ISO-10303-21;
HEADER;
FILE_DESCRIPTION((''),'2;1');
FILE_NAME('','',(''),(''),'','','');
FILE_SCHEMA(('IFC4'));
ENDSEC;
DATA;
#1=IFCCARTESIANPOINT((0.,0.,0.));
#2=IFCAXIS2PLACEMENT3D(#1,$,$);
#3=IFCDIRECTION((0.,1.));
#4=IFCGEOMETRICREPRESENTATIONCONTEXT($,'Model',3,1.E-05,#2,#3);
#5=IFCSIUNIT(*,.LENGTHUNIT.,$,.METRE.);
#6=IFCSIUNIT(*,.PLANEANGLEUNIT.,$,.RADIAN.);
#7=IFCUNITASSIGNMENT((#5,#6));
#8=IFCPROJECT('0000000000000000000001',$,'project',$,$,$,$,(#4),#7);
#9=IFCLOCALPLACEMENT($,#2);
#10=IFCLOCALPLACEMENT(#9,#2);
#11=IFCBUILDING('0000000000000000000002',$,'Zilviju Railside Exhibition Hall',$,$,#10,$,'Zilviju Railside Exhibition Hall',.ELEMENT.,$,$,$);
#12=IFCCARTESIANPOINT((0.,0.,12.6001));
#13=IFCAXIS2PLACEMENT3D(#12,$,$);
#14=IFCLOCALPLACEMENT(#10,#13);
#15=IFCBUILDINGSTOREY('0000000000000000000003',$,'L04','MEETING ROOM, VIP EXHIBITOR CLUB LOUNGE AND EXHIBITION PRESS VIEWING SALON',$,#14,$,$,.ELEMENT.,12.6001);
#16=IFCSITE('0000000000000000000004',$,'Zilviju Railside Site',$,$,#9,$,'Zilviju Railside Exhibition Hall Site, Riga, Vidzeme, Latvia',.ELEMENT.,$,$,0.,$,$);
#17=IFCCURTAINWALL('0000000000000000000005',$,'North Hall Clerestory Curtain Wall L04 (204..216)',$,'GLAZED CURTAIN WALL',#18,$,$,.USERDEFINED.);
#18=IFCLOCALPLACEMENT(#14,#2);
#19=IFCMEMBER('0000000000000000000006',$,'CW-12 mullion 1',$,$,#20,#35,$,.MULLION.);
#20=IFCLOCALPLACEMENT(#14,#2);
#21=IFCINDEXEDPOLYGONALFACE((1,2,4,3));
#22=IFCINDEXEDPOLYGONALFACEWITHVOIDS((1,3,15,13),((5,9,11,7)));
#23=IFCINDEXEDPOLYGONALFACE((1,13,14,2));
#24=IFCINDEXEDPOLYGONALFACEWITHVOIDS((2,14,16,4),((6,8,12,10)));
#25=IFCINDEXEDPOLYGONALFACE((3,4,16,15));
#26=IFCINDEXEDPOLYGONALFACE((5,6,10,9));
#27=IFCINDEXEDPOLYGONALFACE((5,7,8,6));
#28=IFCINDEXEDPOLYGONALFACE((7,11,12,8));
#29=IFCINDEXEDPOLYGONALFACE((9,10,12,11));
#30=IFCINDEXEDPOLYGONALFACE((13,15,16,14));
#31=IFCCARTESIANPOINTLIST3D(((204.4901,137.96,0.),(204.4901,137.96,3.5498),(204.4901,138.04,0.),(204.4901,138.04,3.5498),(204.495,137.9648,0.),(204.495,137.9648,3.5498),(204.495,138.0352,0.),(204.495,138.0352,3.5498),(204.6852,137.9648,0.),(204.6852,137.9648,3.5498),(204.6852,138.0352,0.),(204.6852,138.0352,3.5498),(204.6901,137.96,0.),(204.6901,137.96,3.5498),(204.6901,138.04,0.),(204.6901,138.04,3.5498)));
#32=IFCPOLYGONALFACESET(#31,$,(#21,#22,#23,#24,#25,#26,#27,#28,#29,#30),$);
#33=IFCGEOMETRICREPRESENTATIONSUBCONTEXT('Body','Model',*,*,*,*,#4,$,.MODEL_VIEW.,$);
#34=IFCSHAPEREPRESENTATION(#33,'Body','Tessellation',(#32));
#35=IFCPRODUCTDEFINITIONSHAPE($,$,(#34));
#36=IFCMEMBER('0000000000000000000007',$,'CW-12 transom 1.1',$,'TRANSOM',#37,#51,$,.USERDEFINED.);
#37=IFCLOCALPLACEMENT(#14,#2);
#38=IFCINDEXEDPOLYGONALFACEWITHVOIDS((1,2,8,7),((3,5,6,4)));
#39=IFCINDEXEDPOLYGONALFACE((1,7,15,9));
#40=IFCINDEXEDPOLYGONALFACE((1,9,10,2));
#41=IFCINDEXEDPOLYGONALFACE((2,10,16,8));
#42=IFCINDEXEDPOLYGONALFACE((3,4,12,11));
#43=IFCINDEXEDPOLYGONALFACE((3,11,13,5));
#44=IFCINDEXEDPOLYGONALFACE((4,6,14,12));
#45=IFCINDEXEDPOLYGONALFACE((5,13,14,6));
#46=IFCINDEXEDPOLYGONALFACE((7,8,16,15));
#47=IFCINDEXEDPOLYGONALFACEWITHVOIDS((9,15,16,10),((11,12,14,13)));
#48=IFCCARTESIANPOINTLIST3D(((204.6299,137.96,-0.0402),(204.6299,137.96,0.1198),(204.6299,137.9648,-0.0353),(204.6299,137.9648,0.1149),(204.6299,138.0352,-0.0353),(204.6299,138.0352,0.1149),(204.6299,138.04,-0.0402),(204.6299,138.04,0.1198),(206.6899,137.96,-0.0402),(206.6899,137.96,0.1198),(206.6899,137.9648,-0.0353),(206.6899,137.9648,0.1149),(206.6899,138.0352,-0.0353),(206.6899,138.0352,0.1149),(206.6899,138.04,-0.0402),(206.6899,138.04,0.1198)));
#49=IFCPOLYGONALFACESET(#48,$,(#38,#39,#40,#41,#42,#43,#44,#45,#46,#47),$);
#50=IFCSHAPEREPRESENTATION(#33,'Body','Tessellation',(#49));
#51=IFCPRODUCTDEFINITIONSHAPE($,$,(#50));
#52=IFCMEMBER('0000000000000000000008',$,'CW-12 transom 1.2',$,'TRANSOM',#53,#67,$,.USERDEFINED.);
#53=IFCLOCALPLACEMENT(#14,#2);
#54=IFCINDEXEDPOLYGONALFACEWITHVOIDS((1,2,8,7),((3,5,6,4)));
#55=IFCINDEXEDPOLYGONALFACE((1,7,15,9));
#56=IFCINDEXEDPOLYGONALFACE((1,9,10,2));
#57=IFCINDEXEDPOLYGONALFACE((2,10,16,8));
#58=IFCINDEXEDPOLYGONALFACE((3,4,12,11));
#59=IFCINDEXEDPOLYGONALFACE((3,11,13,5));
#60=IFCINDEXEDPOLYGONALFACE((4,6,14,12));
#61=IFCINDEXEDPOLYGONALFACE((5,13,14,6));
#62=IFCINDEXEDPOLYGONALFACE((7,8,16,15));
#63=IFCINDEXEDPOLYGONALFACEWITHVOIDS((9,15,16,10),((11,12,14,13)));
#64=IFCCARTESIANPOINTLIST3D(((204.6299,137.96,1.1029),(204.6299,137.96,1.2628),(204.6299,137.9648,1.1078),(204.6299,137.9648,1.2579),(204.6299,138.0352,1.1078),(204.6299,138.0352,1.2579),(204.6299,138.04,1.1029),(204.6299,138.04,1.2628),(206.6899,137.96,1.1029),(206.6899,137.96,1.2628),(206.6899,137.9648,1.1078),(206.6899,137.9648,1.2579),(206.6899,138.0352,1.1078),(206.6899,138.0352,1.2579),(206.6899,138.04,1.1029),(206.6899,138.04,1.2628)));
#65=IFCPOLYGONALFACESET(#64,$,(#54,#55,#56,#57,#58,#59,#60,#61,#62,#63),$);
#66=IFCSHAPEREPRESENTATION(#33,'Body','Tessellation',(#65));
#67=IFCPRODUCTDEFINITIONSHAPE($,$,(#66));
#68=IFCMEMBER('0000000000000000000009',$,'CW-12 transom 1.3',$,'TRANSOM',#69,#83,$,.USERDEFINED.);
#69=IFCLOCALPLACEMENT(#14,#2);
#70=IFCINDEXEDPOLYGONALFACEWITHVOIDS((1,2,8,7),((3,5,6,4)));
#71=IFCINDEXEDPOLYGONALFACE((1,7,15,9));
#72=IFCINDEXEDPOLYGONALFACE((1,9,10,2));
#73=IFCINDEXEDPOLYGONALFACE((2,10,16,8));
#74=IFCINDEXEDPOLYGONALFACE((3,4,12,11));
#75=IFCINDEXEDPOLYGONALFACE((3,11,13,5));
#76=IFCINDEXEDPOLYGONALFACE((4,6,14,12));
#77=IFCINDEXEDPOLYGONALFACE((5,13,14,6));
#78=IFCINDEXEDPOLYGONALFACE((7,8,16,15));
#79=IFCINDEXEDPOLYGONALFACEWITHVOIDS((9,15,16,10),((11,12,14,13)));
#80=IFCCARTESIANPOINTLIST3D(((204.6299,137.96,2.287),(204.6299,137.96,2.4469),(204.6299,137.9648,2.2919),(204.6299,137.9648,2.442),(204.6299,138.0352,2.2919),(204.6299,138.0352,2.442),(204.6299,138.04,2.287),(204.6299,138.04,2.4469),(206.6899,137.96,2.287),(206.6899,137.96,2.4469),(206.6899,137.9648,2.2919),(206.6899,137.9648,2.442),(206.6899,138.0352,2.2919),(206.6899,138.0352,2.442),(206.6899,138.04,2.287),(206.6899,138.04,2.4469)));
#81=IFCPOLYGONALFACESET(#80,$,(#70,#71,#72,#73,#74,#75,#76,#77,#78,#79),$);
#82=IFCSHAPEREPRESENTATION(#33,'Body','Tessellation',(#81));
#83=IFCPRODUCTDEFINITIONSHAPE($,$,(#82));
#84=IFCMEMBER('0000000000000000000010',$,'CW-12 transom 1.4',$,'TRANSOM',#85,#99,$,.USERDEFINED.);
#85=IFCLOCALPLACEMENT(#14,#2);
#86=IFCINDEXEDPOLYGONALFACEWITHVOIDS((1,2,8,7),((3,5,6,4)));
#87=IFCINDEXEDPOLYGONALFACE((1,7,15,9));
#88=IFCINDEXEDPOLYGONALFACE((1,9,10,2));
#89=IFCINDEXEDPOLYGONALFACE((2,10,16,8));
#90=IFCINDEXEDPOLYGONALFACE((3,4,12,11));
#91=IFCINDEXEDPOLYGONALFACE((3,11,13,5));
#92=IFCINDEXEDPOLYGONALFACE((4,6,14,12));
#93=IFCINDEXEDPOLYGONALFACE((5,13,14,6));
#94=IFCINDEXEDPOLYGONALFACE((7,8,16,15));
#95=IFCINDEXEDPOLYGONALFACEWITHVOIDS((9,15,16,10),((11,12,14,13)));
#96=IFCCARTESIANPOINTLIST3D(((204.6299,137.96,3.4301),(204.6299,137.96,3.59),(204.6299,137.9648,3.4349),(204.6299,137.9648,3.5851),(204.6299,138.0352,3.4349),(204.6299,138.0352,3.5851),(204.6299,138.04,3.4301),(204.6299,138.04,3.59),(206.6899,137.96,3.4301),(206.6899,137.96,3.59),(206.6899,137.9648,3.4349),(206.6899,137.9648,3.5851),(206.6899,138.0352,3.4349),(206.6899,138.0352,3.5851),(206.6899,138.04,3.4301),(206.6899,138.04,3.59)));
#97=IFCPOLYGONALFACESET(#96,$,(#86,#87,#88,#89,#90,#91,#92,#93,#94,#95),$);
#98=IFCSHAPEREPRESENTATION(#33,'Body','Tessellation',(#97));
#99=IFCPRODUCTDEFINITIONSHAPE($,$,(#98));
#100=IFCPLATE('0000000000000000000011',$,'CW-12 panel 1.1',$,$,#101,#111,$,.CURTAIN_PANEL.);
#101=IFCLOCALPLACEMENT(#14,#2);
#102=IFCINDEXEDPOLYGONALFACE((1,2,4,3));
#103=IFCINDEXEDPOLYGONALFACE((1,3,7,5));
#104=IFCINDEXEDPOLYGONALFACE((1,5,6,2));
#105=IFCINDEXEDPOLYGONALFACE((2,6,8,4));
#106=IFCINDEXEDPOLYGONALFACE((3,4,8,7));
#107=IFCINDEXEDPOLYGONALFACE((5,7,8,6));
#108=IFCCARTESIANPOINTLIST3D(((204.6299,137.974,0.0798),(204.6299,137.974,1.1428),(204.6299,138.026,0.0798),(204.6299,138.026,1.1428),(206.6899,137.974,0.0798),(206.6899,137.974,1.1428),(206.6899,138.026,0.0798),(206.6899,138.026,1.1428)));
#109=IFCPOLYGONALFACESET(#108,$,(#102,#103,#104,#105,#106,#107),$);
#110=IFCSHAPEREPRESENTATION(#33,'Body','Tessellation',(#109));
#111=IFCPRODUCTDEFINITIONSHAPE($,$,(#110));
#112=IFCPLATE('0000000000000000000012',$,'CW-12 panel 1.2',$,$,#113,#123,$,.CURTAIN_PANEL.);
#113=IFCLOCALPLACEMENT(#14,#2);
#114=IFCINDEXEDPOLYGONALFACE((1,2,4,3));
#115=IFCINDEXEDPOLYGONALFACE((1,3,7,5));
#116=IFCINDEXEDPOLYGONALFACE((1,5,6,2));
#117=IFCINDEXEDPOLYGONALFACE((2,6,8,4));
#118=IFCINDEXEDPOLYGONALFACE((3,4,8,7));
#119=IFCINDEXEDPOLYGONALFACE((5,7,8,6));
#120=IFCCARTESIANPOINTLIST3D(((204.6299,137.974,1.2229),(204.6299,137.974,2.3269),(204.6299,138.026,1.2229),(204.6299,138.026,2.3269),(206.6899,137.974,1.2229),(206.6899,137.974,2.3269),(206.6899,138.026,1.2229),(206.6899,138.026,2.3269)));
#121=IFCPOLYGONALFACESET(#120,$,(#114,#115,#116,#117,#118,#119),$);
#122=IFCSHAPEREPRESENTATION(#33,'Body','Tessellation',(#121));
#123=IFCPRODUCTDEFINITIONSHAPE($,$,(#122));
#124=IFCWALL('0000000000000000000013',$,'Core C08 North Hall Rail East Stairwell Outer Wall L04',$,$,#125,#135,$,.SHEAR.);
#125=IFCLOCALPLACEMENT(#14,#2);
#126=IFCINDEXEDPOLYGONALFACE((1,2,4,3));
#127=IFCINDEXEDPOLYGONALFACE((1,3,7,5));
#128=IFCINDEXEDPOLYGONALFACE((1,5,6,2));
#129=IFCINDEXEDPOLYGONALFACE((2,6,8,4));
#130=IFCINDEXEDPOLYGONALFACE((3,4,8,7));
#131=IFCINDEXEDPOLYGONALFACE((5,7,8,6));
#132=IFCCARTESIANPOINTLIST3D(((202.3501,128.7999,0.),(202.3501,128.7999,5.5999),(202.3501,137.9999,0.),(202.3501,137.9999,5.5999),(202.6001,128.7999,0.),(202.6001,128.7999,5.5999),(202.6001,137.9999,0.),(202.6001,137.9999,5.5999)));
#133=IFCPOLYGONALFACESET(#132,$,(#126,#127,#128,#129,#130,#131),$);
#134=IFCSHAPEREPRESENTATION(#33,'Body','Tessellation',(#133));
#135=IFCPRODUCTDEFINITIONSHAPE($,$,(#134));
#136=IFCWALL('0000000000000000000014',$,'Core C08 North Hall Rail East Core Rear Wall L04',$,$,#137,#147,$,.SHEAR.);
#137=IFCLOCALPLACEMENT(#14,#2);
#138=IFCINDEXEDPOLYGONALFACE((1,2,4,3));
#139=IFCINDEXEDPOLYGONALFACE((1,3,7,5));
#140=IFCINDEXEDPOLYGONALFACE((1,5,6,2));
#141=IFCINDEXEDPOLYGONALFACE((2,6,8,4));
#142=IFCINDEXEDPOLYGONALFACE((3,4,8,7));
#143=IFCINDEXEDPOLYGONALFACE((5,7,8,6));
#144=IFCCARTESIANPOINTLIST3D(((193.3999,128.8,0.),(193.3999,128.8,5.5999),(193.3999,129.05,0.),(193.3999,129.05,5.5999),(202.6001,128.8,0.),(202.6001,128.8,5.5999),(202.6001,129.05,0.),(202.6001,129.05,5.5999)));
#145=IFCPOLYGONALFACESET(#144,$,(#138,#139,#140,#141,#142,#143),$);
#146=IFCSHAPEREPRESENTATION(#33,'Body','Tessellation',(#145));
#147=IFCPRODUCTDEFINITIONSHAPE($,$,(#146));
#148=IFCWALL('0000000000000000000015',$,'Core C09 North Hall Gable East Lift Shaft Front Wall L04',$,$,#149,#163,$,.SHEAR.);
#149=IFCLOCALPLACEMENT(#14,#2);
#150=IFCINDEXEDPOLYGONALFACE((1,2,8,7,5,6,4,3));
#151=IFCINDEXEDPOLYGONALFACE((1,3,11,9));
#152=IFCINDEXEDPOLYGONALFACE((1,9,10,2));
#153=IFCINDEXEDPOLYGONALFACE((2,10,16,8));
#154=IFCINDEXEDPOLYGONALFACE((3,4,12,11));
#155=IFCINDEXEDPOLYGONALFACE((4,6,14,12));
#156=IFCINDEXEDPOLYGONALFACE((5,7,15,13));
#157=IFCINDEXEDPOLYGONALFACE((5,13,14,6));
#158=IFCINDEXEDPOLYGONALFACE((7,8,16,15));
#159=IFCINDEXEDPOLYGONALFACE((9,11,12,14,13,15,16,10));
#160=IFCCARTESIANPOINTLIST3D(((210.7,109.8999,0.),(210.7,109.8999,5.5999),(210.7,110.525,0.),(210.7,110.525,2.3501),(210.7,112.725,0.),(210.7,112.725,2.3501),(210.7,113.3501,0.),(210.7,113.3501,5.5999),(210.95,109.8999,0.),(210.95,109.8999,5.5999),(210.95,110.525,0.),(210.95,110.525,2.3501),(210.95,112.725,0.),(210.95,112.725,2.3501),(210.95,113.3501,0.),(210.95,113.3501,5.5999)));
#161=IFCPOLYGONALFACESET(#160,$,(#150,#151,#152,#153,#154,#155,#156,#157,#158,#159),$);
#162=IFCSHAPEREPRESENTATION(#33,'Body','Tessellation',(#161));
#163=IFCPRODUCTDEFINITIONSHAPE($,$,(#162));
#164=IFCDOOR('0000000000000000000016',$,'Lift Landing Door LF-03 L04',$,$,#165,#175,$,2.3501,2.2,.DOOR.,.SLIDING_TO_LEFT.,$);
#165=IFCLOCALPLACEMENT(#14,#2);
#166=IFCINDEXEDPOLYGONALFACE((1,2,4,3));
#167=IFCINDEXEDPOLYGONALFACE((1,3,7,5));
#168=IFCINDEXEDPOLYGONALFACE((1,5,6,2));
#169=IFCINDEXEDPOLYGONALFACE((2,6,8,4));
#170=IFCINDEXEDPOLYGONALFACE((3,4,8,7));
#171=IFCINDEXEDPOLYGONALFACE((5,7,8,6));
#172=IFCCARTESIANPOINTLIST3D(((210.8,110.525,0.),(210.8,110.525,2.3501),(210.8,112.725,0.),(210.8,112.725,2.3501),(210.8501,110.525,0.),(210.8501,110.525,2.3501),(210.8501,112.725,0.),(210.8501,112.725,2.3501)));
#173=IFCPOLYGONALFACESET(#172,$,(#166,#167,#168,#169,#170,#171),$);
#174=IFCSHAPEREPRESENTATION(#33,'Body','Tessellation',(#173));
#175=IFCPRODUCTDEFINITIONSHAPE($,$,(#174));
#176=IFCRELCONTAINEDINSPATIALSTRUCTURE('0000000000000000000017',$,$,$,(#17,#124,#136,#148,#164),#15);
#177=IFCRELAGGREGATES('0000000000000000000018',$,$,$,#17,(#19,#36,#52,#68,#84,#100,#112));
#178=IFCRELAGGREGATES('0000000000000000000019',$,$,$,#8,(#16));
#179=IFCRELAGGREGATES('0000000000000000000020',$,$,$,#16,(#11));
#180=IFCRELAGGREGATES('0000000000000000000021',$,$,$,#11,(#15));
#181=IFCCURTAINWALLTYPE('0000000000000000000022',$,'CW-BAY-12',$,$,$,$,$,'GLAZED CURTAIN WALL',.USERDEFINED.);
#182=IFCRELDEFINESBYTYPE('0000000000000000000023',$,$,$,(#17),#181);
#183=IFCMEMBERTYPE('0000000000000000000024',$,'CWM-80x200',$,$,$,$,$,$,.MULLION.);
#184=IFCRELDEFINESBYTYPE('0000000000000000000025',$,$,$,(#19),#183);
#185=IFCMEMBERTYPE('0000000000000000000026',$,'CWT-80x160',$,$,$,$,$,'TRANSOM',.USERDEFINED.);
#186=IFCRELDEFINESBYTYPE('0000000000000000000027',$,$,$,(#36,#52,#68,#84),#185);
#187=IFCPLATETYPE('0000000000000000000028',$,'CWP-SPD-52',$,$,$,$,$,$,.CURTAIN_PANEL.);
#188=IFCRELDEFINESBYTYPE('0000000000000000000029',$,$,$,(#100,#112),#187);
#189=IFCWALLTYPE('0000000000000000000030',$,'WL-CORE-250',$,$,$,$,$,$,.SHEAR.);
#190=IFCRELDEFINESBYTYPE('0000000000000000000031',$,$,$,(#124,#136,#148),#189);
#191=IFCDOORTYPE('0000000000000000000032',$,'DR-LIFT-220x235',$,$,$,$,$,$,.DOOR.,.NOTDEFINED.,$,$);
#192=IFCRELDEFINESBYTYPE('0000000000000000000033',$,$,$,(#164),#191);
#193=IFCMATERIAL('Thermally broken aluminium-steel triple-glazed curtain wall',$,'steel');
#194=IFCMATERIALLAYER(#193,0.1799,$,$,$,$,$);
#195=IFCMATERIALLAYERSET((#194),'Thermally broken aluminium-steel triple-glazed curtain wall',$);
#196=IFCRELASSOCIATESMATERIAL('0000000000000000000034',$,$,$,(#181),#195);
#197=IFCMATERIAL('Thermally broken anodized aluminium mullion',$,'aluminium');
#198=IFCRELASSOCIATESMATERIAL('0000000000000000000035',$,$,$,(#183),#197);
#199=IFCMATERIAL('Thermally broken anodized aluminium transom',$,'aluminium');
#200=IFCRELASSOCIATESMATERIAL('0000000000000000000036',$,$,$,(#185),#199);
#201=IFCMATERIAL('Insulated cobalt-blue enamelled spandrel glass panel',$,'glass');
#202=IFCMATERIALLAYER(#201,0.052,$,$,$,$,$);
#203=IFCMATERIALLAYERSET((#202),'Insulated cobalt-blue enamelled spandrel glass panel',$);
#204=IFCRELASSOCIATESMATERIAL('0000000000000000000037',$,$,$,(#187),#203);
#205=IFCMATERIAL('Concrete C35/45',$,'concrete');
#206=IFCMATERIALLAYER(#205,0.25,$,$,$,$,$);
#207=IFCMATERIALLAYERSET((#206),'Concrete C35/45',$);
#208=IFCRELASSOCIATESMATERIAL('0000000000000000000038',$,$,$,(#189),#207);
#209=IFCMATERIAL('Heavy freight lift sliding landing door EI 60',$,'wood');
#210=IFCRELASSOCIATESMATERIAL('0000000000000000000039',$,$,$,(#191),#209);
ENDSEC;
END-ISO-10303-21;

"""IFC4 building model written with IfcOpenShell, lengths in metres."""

from ifc_helpers import new_model, si_unit, direction, frame, frame_2d, origin, origin_2d, place, context, subcontext, project, spatial, rectangle, hollow_rectangle, extrude, material, layer, layer_set, material_profile, profile_set, type_object, element, fill, aggregate, save


model = new_model("IFC4")

# Units and contexts
model_context = context("Model", 3, precision=1e-05, world=origin(), true_north=direction((0.0, 1.0)))
body_context = subcontext(model_context, "Body", "Model", "MODEL_VIEW")
ifc_project = project(units=[si_unit("LENGTHUNIT", "METRE"), si_unit("PLANEANGLEUNIT", "RADIAN")], contexts=[model_context])

# Site, building, storey
site_placement = place(None, origin())
site = spatial("IfcSite", under=ifc_project, at=site_placement, Name="Zilviju Railside Site", LongName="Zilviju Railside Exhibition Hall Site, Riga, Vidzeme, Latvia", CompositionType="ELEMENT", RefElevation=0.0)
building_placement = place(site_placement, origin())
building = spatial("IfcBuilding", under=site, at=building_placement, Name="Zilviju Railside Exhibition Hall", LongName="Zilviju Railside Exhibition Hall", CompositionType="ELEMENT")
storey_placement = place(building_placement, frame((0.0, 0.0, 12.6001)))
storey = spatial("IfcBuildingStorey", under=building, at=storey_placement, Name="L04", Description="MEETING ROOM, VIP EXHIBITOR CLUB LOUNGE AND EXHIBITION PRESS VIEWING SALON", CompositionType="ELEMENT", Elevation=12.6001)

# Curtain wall, members, plates
ifc_material_1 = material(Name="Thermally broken aluminium-steel triple-glazed curtain wall", Category="steel")
ifc_layer_1 = layer(ifc_material_1, 0.1799)
ifc_layer_set_1 = layer_set([ifc_layer_1], Name="Thermally broken aluminium-steel triple-glazed curtain wall")
curtain_wall_type = type_object("IfcCurtainWallType", Name="CW-BAY-12", ElementType="GLAZED CURTAIN WALL", PredefinedType="USERDEFINED", material=ifc_layer_set_1)
curtain_wall_placement = place(storey_placement, origin())
curtain_wall = element("IfcCurtainWall", 1, at=curtain_wall_placement, inside=storey, type_object=curtain_wall_type, Name="North Hall Clerestory Curtain Wall L04 (204..216)", ObjectType="GLAZED CURTAIN WALL", PredefinedType="USERDEFINED")
ifc_material_2 = material(Name="Thermally broken anodized aluminium mullion", Category="aluminium")
ifc_material_profile_1 = material_profile(ifc_material_2, hollow_rectangle(XDim=0.0801, YDim=0.2, WallThickness=0.0049, at=origin_2d()), Name="MULLION 200x80x5")
ifc_profile_set_1 = profile_set([ifc_material_profile_1], Name="Thermally broken anodized aluminium mullion")
member_type_1 = type_object("IfcMemberType", Name="CWM-80x200", PredefinedType="MULLION", material=ifc_profile_set_1)
member_1_placement = place(storey_placement, frame((204.5901, 138.0, 0.0), z_axis=(0.0, 0.0, 1.0), x_axis=(0.0, 1.0, 0.0)))
member_1 = element("IfcMember", 2, at=member_1_placement, type_object=member_type_1, Name="CW-12 mullion 1", PredefinedType="MULLION", context=body_context, shape_type="SweptSolid", body=[
    extrude(hollow_rectangle(XDim=0.0801, YDim=0.2, WallThickness=0.0049, at=origin_2d()), origin(), (0.0, 0.0, 1.0), 3.5498),
])
ifc_material_3 = material(Name="Thermally broken anodized aluminium transom", Category="aluminium")
ifc_material_profile_2 = material_profile(ifc_material_3, hollow_rectangle(XDim=0.0801, YDim=0.1599, WallThickness=0.0049, at=origin_2d()), Name="TRANSOM 160x80x5")
ifc_profile_set_2 = profile_set([ifc_material_profile_2], Name="Thermally broken anodized aluminium transom")
member_type_2 = type_object("IfcMemberType", Name="CWT-80x160", ElementType="TRANSOM", PredefinedType="USERDEFINED", material=ifc_profile_set_2)
member_2_placement = place(storey_placement, frame((204.6299, 138.0, 0.0398), z_axis=(1.0, 0.0, 0.0), x_axis=(0.0, 1.0, 0.0)))
member_2 = element("IfcMember", 3, at=member_2_placement, type_object=member_type_2, Name="CW-12 transom 1.1", ObjectType="TRANSOM", PredefinedType="USERDEFINED", context=body_context, shape_type="SweptSolid", body=[
    extrude(hollow_rectangle(XDim=0.0801, YDim=0.1599, WallThickness=0.0049, at=origin_2d()), origin(), (0.0, 0.0, 1.0), 2.0601),
])
member_3_placement = place(storey_placement, frame((204.6299, 138.0, 1.1829), z_axis=(1.0, 0.0, 0.0), x_axis=(0.0, 1.0, 0.0)))
member_3 = element("IfcMember", 4, at=member_3_placement, type_object=member_type_2, Name="CW-12 transom 1.2", ObjectType="TRANSOM", PredefinedType="USERDEFINED", context=body_context, shape_type="SweptSolid", body=[
    extrude(hollow_rectangle(XDim=0.0801, YDim=0.1599, WallThickness=0.0049, at=origin_2d()), origin(), (0.0, 0.0, 1.0), 2.0601),
])
member_4_placement = place(storey_placement, frame((204.6299, 138.0, 2.3669), z_axis=(1.0, 0.0, 0.0), x_axis=(0.0, 1.0, 0.0)))
member_4 = element("IfcMember", 5, at=member_4_placement, type_object=member_type_2, Name="CW-12 transom 1.3", ObjectType="TRANSOM", PredefinedType="USERDEFINED", context=body_context, shape_type="SweptSolid", body=[
    extrude(hollow_rectangle(XDim=0.0801, YDim=0.1599, WallThickness=0.0049, at=origin_2d()), origin(), (0.0, 0.0, 1.0), 2.0601),
])
member_5_placement = place(storey_placement, frame((204.6299, 138.0, 3.51), z_axis=(1.0, 0.0, 0.0), x_axis=(0.0, 1.0, 0.0)))
member_5 = element("IfcMember", 6, at=member_5_placement, type_object=member_type_2, Name="CW-12 transom 1.4", ObjectType="TRANSOM", PredefinedType="USERDEFINED", context=body_context, shape_type="SweptSolid", body=[
    extrude(hollow_rectangle(XDim=0.0801, YDim=0.1599, WallThickness=0.0049, at=origin_2d()), origin(), (0.0, 0.0, 1.0), 2.0601),
])
ifc_material_4 = material(Name="Insulated cobalt-blue enamelled spandrel glass panel", Category="glass")
ifc_layer_2 = layer(ifc_material_4, 0.052)
ifc_layer_set_2 = layer_set([ifc_layer_2], Name="Insulated cobalt-blue enamelled spandrel glass panel")
plate_type = type_object("IfcPlateType", Name="CWP-SPD-52", PredefinedType="CURTAIN_PANEL", material=ifc_layer_set_2)
plate_1_placement = place(storey_placement, frame((205.6599, 138.0, 0.0798), z_axis=(0.0, 0.0, 1.0), x_axis=(1.0, 0.0, 0.0)))
plate_1 = element("IfcPlate", 7, at=plate_1_placement, type_object=plate_type, Name="CW-12 panel 1.1", PredefinedType="CURTAIN_PANEL", context=body_context, shape_type="SweptSolid", body=[
    extrude(rectangle(XDim=2.0601, YDim=0.052, at=origin_2d()), origin(), (0.0, 0.0, 1.0), 1.063),
])
plate_2_placement = place(storey_placement, frame((205.6599, 138.0, 1.2229), z_axis=(0.0, 0.0, 1.0), x_axis=(1.0, 0.0, 0.0)))
plate_2 = element("IfcPlate", 8, at=plate_2_placement, type_object=plate_type, Name="CW-12 panel 1.2", PredefinedType="CURTAIN_PANEL", context=body_context, shape_type="SweptSolid", body=[
    extrude(rectangle(XDim=2.0601, YDim=0.052, at=origin_2d()), origin(), (0.0, 0.0, 1.0), 1.104),
])
aggregate(curtain_wall, [member_1, member_2, member_3, member_4, member_5, plate_1, plate_2])

# Walls
ifc_material_5 = material(Name="Concrete C35/45", Category="concrete")
ifc_layer_3 = layer(ifc_material_5, 0.25)
ifc_layer_set_3 = layer_set([ifc_layer_3], Name="Concrete C35/45")
wall_type_1 = type_object("IfcWallType", Name="WL-CORE-250", PredefinedType="SHEAR", material=ifc_layer_set_3)
wall_1_placement = place(storey_placement, frame((202.4751, 138.0, 0.0), z_axis=(0.0, 0.0, 1.0), x_axis=(0.0, -1.0, 0.0)))
element("IfcWall", 9, at=wall_1_placement, inside=storey, type_object=wall_type_1, Name="Core C08 North Hall Rail East Stairwell Outer Wall L04", PredefinedType="SHEAR", context=body_context, shape_type="SweptSolid", body=[
    extrude(rectangle(XDim=9.2, YDim=0.25, at=frame_2d((4.6001, 0.0))), origin(), (0.0, 0.0, 1.0), 5.5999),
])
wall_2_placement = place(storey_placement, frame((202.6001, 128.925, 0.0), z_axis=(0.0, 0.0, 1.0), x_axis=(-1.0, 0.0, 0.0)))
element("IfcWall", 10, at=wall_2_placement, inside=storey, type_object=wall_type_1, Name="Core C08 North Hall Rail East Core Rear Wall L04", PredefinedType="SHEAR", context=body_context, shape_type="SweptSolid", body=[
    extrude(rectangle(XDim=9.2002, YDim=0.25, at=frame_2d((4.6001, 0.0))), origin(), (0.0, 0.0, 1.0), 5.5999),
])

# Wall, opening, door
wall_3_placement = place(storey_placement, frame((210.825, 109.8999, 0.0), z_axis=(0.0, 0.0, 1.0), x_axis=(0.0, 1.0, 0.0)))
wall_3 = element("IfcWall", 11, at=wall_3_placement, inside=storey, type_object=wall_type_1, Name="Core C09 North Hall Gable East Lift Shaft Front Wall L04", PredefinedType="SHEAR", context=body_context, shape_type="SweptSolid", body=[
    extrude(rectangle(XDim=3.4502, YDim=0.25, at=frame_2d((1.7251, 0.0))), origin(), (0.0, 0.0, 1.0), 5.5999),
])
opening_1_placement = place(wall_3_placement, frame((0.625, 0.0, 0.0)))
opening_1 = element("IfcOpeningElement", 12, at=opening_1_placement, cuts=wall_3, PredefinedType="OPENING", context=body_context, shape_type="SweptSolid", body=[
    extrude(rectangle(XDim=2.2, YDim=2.3501, at=frame_2d((1.1001, 1.175))), frame((0.0, 0.135, 0.0), z_axis=(0.0, -1.0, 0.0), x_axis=(1.0, 0.0, 0.0)), (0.0, 0.0, 1.0), 0.27),
])
ifc_material_6 = material(Name="Heavy freight lift sliding landing door EI 60", Category="wood")
door_type_1 = type_object("IfcDoorType", Name="DR-LIFT-220x235", OperationType="NOTDEFINED", PredefinedType="DOOR", material=ifc_material_6)
door_1_placement = place(opening_1_placement, origin())
door_1 = element("IfcDoor", 13, at=door_1_placement, inside=storey, type_object=door_type_1, Name="Lift Landing Door LF-03 L04", OperationType="SLIDING_TO_LEFT", OverallHeight=2.3501, OverallWidth=2.2, PredefinedType="DOOR", context=body_context, shape_type="SweptSolid", body=[
    extrude(rectangle(XDim=2.2, YDim=2.3501, at=frame_2d((1.1001, 1.175))), frame((0.0, 0.0249, 0.0), z_axis=(0.0, -1.0, 0.0), x_axis=(1.0, 0.0, 0.0)), (0.0, 0.0, 1.0), 0.05),
])
fill(opening_1, door_1)

save(model, "model.ifc")
